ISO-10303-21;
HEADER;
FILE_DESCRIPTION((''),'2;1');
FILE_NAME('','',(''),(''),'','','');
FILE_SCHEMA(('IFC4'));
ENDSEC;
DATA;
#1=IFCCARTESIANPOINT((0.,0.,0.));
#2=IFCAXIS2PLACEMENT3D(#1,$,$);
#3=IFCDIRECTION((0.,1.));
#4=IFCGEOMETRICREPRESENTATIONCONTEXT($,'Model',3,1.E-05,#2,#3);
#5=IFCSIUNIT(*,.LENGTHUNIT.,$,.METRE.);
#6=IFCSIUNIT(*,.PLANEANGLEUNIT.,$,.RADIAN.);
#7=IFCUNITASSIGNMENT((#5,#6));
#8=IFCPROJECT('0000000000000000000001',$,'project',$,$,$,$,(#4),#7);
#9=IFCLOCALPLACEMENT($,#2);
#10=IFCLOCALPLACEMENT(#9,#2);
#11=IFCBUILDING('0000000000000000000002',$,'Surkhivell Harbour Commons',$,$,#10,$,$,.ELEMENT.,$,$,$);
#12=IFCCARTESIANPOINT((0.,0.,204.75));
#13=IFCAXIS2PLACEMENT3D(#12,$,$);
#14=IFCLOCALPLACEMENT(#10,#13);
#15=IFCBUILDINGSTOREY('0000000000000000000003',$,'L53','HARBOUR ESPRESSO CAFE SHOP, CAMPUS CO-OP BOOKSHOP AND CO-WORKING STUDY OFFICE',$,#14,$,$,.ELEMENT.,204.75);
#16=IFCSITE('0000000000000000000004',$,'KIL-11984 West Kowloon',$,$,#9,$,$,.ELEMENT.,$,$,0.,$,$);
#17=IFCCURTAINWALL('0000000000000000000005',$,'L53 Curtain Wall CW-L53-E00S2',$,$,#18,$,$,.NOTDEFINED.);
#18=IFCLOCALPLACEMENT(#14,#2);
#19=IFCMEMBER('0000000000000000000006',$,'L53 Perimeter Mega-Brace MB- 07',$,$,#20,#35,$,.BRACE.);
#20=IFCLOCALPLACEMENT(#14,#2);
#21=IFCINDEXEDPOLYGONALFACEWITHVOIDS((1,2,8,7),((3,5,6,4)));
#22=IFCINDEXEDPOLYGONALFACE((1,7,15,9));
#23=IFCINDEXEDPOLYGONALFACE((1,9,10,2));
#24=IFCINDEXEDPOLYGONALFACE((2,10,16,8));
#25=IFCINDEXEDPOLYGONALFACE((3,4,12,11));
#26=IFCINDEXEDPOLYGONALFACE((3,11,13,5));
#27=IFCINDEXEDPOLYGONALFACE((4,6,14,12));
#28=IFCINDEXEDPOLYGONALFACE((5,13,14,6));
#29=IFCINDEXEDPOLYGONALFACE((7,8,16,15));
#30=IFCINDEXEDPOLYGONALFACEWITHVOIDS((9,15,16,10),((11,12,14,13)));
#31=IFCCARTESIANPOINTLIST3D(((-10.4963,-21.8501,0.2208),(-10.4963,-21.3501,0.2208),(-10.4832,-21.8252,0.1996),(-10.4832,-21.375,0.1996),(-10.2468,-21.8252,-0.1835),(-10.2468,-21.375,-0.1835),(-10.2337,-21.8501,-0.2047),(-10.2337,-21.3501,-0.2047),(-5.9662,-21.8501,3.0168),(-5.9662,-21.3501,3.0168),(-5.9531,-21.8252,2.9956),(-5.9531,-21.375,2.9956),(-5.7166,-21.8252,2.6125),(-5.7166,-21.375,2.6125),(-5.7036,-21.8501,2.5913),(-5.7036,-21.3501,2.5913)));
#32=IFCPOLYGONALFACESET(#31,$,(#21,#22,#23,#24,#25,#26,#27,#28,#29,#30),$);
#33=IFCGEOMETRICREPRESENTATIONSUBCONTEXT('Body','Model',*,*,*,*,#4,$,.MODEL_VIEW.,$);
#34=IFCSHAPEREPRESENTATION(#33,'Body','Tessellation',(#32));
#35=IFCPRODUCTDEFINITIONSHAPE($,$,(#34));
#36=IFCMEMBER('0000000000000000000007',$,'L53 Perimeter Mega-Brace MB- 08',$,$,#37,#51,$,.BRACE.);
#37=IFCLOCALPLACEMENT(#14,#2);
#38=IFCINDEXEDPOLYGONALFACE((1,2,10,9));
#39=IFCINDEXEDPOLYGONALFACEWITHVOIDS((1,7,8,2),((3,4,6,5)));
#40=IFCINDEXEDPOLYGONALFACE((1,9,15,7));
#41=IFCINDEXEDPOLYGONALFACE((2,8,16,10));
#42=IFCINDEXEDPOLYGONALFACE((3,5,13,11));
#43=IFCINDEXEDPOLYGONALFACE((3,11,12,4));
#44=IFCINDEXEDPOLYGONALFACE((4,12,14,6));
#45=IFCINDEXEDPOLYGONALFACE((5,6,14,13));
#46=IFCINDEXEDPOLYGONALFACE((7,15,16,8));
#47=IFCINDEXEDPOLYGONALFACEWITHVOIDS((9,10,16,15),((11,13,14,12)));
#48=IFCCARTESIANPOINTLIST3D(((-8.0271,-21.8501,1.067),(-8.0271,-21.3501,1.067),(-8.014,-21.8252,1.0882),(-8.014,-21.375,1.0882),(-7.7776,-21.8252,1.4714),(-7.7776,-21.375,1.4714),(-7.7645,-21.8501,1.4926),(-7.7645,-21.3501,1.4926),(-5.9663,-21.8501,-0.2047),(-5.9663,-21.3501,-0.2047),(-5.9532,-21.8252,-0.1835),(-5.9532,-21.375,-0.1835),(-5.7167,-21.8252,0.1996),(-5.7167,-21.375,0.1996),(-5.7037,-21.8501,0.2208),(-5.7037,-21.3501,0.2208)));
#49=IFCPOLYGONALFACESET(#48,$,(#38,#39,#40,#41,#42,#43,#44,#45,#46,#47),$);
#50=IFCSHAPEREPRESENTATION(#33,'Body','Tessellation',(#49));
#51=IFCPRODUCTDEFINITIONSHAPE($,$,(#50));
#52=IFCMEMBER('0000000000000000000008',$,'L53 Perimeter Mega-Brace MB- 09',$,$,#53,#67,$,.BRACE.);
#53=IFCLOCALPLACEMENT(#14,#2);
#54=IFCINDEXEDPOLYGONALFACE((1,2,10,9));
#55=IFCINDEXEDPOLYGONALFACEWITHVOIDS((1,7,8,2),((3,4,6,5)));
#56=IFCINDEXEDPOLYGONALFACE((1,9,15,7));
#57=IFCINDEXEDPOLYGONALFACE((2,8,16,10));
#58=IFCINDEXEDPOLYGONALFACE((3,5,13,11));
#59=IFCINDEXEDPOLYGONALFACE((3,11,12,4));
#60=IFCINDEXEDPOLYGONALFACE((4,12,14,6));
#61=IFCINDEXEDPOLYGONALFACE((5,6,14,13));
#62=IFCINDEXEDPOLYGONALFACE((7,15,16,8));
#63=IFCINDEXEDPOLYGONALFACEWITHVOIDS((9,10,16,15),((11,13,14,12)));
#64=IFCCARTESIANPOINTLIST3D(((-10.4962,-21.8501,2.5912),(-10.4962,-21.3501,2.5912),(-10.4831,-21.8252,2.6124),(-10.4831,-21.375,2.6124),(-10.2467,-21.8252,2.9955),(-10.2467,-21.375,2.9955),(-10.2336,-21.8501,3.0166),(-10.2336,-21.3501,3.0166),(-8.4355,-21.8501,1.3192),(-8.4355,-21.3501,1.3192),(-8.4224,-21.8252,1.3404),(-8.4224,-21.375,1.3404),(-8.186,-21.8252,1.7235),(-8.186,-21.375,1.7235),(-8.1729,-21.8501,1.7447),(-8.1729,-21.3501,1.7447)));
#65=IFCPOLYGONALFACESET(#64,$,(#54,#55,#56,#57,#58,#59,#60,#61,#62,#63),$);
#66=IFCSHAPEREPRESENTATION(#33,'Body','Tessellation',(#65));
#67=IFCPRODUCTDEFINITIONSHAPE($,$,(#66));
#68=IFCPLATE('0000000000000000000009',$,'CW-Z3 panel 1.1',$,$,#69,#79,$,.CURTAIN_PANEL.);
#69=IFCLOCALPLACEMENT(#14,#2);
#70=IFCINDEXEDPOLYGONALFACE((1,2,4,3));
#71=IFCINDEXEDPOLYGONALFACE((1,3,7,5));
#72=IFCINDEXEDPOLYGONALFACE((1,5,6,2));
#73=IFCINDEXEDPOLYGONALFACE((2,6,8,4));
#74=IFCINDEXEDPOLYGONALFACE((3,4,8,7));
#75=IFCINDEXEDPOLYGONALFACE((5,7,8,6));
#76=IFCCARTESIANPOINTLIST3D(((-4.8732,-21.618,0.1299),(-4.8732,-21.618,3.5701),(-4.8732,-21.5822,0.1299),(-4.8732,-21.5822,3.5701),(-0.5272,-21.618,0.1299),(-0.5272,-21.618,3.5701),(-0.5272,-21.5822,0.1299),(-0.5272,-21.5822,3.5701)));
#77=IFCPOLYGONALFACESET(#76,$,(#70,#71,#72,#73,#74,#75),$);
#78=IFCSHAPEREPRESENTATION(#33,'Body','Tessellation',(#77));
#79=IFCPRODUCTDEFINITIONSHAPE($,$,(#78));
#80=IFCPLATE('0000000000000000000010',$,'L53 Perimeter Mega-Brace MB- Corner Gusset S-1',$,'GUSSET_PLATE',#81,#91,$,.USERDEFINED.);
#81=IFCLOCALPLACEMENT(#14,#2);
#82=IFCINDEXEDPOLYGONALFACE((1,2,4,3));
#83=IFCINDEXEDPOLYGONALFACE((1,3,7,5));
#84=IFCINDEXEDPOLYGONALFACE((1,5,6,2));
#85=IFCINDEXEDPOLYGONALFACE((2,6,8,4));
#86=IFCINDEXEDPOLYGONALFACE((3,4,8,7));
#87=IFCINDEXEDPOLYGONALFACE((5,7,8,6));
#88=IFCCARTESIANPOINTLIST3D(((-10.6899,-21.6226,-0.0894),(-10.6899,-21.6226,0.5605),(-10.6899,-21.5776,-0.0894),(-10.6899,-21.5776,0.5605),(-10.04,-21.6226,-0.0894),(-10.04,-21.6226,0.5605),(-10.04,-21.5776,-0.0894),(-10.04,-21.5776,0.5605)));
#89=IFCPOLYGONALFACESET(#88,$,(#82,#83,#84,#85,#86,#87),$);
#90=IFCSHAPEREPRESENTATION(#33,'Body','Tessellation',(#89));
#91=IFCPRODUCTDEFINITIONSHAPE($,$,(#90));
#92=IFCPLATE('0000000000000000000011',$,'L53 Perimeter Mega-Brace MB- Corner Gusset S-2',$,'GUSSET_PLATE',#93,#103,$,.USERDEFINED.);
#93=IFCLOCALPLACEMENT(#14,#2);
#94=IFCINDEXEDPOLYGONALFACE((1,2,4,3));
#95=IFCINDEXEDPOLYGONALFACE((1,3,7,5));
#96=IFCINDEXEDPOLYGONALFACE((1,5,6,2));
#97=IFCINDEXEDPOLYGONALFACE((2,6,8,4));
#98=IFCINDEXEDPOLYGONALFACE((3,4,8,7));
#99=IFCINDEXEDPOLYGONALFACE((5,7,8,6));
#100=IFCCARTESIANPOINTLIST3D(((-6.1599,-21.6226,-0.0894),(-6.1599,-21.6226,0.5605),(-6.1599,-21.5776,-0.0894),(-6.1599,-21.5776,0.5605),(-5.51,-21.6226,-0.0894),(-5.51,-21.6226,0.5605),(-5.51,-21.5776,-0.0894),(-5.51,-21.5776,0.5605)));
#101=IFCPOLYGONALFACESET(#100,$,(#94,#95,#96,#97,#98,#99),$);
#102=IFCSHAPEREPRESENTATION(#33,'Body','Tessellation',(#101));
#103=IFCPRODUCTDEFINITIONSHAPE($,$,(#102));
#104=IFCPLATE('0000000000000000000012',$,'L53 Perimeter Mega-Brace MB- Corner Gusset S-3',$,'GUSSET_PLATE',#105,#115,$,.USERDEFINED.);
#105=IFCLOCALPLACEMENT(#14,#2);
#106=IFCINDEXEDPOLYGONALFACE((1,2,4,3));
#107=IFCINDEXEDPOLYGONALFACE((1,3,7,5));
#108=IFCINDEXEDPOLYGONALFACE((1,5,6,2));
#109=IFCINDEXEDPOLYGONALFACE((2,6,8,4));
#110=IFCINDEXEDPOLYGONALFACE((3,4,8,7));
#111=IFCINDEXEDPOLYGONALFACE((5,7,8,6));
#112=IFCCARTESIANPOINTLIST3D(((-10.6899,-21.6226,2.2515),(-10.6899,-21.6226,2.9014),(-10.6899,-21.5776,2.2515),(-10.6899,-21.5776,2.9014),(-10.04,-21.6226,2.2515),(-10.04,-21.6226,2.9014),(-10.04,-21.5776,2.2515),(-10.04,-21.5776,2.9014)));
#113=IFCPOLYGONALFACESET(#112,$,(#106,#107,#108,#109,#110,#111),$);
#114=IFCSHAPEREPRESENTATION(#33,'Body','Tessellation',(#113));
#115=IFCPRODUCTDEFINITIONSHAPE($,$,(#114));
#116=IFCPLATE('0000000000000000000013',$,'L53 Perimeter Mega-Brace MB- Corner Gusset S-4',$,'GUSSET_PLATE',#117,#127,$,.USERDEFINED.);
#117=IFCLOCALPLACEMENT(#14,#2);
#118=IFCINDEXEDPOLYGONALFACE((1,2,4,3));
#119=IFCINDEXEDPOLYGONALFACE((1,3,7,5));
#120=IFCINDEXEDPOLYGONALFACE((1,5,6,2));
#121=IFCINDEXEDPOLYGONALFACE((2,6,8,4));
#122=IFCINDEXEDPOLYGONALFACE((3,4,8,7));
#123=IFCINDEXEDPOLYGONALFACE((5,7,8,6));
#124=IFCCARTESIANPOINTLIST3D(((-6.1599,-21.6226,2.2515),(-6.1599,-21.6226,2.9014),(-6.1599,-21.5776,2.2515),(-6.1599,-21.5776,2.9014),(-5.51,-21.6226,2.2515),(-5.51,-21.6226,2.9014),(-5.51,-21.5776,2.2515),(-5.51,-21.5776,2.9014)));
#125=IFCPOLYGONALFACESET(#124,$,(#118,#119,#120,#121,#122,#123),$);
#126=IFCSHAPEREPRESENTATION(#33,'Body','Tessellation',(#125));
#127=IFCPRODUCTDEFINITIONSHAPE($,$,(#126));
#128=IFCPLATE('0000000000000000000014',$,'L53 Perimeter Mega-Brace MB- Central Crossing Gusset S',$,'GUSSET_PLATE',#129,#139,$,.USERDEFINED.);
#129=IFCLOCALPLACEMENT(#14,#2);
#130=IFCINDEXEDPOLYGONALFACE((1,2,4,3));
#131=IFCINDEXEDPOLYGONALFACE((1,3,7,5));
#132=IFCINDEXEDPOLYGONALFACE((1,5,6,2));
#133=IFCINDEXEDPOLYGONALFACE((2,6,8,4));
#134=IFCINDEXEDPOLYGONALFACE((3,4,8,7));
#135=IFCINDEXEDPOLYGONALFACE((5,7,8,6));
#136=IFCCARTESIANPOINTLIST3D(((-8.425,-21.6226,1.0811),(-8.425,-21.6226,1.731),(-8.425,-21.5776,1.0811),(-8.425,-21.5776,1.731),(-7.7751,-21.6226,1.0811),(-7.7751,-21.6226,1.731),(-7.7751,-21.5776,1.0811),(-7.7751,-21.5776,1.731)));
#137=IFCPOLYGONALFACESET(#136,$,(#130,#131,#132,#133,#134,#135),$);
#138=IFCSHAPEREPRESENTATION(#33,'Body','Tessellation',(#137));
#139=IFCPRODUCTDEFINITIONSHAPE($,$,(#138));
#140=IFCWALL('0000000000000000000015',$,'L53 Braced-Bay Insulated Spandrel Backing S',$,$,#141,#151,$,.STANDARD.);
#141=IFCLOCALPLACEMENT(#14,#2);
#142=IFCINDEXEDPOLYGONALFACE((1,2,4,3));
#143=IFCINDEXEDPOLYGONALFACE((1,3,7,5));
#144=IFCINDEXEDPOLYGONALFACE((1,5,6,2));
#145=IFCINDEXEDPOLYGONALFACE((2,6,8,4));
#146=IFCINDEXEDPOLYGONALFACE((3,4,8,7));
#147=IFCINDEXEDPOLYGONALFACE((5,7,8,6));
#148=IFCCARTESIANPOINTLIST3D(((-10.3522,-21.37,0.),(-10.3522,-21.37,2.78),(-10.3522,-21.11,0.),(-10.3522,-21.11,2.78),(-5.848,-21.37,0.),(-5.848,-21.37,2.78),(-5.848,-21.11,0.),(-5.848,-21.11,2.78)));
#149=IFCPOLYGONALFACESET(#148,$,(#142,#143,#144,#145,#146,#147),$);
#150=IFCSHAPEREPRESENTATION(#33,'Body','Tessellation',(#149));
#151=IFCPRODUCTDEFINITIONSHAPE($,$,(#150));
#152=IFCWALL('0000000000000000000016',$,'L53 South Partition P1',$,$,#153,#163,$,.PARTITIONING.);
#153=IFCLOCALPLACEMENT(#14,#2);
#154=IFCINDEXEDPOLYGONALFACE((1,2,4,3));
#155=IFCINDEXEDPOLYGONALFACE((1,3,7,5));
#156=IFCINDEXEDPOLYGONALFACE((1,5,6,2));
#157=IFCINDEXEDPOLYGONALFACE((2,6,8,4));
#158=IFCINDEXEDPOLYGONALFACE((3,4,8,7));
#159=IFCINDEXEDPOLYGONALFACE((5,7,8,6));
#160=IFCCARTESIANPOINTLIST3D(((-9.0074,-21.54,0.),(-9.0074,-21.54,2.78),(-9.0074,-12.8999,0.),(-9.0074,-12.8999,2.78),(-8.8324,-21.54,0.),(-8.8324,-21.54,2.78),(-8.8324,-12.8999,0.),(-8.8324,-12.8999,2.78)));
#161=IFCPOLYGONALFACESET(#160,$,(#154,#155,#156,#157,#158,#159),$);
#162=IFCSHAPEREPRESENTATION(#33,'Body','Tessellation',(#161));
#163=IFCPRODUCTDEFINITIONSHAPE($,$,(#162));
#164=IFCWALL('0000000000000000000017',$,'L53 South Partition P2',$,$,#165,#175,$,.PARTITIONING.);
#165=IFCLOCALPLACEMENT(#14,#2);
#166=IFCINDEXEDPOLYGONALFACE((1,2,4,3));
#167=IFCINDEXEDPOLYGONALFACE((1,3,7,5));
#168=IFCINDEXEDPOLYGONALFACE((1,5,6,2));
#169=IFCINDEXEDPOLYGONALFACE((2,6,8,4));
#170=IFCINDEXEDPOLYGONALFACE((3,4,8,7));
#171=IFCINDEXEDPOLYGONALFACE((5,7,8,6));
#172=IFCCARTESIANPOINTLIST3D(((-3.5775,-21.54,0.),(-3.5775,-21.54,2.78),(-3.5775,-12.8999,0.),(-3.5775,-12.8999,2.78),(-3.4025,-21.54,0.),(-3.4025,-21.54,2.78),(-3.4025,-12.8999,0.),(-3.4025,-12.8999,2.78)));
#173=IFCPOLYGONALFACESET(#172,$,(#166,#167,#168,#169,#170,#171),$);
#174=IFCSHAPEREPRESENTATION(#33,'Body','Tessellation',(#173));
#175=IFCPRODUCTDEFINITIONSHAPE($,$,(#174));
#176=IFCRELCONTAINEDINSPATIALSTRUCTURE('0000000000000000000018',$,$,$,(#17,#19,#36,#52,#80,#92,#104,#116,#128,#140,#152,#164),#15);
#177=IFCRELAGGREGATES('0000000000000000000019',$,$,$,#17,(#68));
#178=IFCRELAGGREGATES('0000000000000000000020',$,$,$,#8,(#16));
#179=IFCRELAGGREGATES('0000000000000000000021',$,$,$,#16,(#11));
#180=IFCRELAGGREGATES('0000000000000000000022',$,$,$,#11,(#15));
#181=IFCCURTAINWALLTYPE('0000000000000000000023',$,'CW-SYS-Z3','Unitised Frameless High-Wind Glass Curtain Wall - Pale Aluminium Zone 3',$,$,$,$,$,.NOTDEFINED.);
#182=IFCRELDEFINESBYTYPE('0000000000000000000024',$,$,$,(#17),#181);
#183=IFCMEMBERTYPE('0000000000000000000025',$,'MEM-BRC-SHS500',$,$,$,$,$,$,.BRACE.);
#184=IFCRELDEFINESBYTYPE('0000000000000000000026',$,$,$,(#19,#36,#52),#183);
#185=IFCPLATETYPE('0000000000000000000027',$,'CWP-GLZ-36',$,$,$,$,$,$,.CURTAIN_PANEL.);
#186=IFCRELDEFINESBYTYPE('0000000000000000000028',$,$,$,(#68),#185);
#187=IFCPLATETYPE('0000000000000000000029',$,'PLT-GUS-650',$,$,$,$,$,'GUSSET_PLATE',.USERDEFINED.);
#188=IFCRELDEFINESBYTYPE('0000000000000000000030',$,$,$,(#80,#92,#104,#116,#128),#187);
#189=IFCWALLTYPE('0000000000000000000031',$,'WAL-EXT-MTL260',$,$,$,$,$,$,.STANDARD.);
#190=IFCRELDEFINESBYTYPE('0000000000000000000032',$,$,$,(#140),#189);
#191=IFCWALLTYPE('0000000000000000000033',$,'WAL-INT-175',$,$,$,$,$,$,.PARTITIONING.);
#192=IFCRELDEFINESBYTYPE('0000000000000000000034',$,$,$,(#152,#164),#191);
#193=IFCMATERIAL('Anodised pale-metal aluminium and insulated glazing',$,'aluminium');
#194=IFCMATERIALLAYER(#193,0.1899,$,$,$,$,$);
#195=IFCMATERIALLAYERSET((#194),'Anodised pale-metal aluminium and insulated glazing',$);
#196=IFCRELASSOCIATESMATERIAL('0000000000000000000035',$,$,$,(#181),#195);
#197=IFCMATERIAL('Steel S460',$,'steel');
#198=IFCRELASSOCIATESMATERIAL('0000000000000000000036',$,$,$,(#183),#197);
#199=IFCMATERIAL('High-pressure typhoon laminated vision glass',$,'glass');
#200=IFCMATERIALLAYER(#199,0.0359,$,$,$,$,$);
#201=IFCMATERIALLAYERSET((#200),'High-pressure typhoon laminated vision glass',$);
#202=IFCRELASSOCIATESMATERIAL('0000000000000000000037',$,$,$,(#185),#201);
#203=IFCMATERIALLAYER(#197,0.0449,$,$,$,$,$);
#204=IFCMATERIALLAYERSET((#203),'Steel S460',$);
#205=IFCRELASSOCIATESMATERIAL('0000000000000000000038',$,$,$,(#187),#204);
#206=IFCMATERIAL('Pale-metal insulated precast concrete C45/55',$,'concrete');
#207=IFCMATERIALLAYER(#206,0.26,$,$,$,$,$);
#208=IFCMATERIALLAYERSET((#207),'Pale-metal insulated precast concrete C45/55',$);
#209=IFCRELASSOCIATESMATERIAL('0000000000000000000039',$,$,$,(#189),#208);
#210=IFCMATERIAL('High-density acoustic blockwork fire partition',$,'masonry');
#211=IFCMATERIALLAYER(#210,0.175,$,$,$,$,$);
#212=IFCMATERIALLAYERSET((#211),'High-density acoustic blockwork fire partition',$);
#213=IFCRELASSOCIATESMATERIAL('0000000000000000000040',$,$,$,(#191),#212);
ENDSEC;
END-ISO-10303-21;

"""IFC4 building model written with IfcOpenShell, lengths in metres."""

from ifc_helpers import new_model, si_unit, direction, frame, frame_2d, origin, origin_2d, place, context, subcontext, project, spatial, rectangle, hollow_rectangle, extrude, material, layer, layer_set, material_profile, profile_set, type_object, element, aggregate, save


model = new_model("IFC4")

# Units and contexts
model_context = context("Model", 3, precision=1e-05, world=origin(), true_north=direction((0.0, 1.0)))
body_context = subcontext(model_context, "Body", "Model", "MODEL_VIEW")
ifc_project = project(units=[si_unit("LENGTHUNIT", "METRE"), si_unit("PLANEANGLEUNIT", "RADIAN")], contexts=[model_context])

# Site, building, storey
site_placement = place(None, origin())
site = spatial("IfcSite", under=ifc_project, at=site_placement, Name="KIL-11984 West Kowloon", CompositionType="ELEMENT", RefElevation=0.0)
building_placement = place(site_placement, origin())
building = spatial("IfcBuilding", under=site, at=building_placement, Name="Surkhivell Harbour Commons", CompositionType="ELEMENT")
storey_placement = place(building_placement, frame((0.0, 0.0, 204.75)))
storey = spatial("IfcBuildingStorey", under=building, at=storey_placement, Name="L53", Description="HARBOUR ESPRESSO CAFE SHOP, CAMPUS CO-OP BOOKSHOP AND CO-WORKING STUDY OFFICE", CompositionType="ELEMENT", Elevation=204.75)

# Shared definitions
ifc_material_1 = material(Name="Anodised pale-metal aluminium and insulated glazing", Category="aluminium")
ifc_layer_1 = layer(ifc_material_1, 0.1899)
ifc_layer_set_1 = layer_set([ifc_layer_1], Name="Anodised pale-metal aluminium and insulated glazing")
curtain_wall_type = type_object("IfcCurtainWallType", Name="CW-SYS-Z3", Description="Unitised Frameless High-Wind Glass Curtain Wall - Pale Aluminium Zone 3", PredefinedType="NOTDEFINED", material=ifc_layer_set_1)

# Curtain wall
curtain_wall_1_placement = place(storey_placement, origin())
curtain_wall_1 = element("IfcCurtainWall", 1, at=curtain_wall_1_placement, inside=storey, type_object=curtain_wall_type, Name="L53 Curtain Wall CW-L53-E00S2", PredefinedType="NOTDEFINED")

# Members
ifc_material_2 = material(Name="Steel S460", Category="steel")
ifc_material_profile_1 = material_profile(ifc_material_2, hollow_rectangle(XDim=0.5, YDim=0.5, WallThickness=0.0249, at=origin_2d()), Name="SHS500x500x25")
ifc_profile_set_1 = profile_set([ifc_material_profile_1], Name="Steel S460")
member_type_1 = type_object("IfcMemberType", Name="MEM-BRC-SHS500", PredefinedType="BRACE", material=ifc_profile_set_1)
member_1_placement = place(storey_placement, frame((-10.365, -21.6001, 0.0081), z_axis=(0.850971, 0.0, 0.525213), x_axis=(0.0, 1.0, 0.0)))
element("IfcMember", 2, at=member_1_placement, inside=storey, type_object=member_type_1, Name="L53 Perimeter Mega-Brace MB- 07", PredefinedType="BRACE", context=body_context, shape_type="SweptSolid", body=[
    extrude(hollow_rectangle(XDim=0.5, YDim=0.5, WallThickness=0.0249, at=origin_2d()), origin(), (0.0, 0.0, 1.0), 5.3235),
])
for number, where, z_axis, x_axis, name in (
    (3, (-5.835, -21.6001, 0.0081), (-0.851003, 0.0, 0.52516), (0.0, -1.0, 0.0), "L53 Perimeter Mega-Brace MB- 08"),
    (4, (-8.3042, -21.6001, 1.532), (-0.850958, 0.0, 0.525233), (0.0, -1.0, 0.0), "L53 Perimeter Mega-Brace MB- 09"),
):
    element("IfcMember", number, at=place(storey_placement, frame(where, z_axis=z_axis, x_axis=x_axis)), inside=storey, type_object=member_type_1, Name=name, PredefinedType="BRACE", context=body_context, shape_type="SweptSolid", body=[
        extrude(hollow_rectangle(XDim=0.5, YDim=0.5, WallThickness=0.0249, at=origin_2d()), origin(), (0.0, 0.0, 1.0), 2.4216),
    ])

# Plate
ifc_material_3 = material(Name="High-pressure typhoon laminated vision glass", Category="glass")
ifc_layer_2 = layer(ifc_material_3, 0.0359)
ifc_layer_set_2 = layer_set([ifc_layer_2], Name="High-pressure typhoon laminated vision glass")
plate_type_1 = type_object("IfcPlateType", Name="CWP-GLZ-36", PredefinedType="CURTAIN_PANEL", material=ifc_layer_set_2)
plate_placement = place(storey_placement, frame((-4.873, -21.6001, 0.1299), z_axis=(0.0, 0.0, 1.0), x_axis=(1.0, 0.0, 0.0)))
plate = element("IfcPlate", 5, at=plate_placement, type_object=plate_type_1, Name="CW-Z3 panel 1.1", PredefinedType="CURTAIN_PANEL", context=body_context, shape_type="SweptSolid", body=[
    extrude(rectangle(XDim=4.3459, YDim=0.0359, at=frame_2d((2.1729, 0.0))), origin(), (0.0, 0.0, 1.0), 3.4402),
])
aggregate(curtain_wall_1, [plate])

# Plates
ifc_layer_3 = layer(ifc_material_2, 0.0449)
ifc_layer_set_3 = layer_set([ifc_layer_3], Name="Steel S460")
plate_type_2 = type_object("IfcPlateType", Name="PLT-GUS-650", ElementType="GUSSET_PLATE", PredefinedType="USERDEFINED", material=ifc_layer_set_3)
for number, where, z_axis, x_axis, name in (
    (6, (-10.365, -21.6001, -0.0894), (0.0, 0.0, 1.0), (1.0, 0.0, 0.0), "L53 Perimeter Mega-Brace MB- Corner Gusset S-1"),
    (7, (-5.835, -21.6001, -0.0894), (0.0, 0.0, 1.0), (1.0, 0.0, 0.0), "L53 Perimeter Mega-Brace MB- Corner Gusset S-2"),
    (8, (-10.365, -21.6001, 2.2515), (0.0, 0.0, 1.0), (1.0, 0.0, 0.0), "L53 Perimeter Mega-Brace MB- Corner Gusset S-3"),
    (9, (-5.835, -21.6001, 2.2515), (0.0, 0.0, 1.0), (1.0, 0.0, 0.0), "L53 Perimeter Mega-Brace MB- Corner Gusset S-4"),
    (10, (-8.1001, -21.6001, 1.0811), (0.0, 0.0, 1.0), (1.0, 0.0, 0.0), "L53 Perimeter Mega-Brace MB- Central Crossing Gusset S"),
):
    element("IfcPlate", number, at=place(storey_placement, frame(where, z_axis=z_axis, x_axis=x_axis)), inside=storey, type_object=plate_type_2, Name=name, ObjectType="GUSSET_PLATE", PredefinedType="USERDEFINED", context=body_context, shape_type="SweptSolid", body=[
        extrude(rectangle(XDim=0.6499, YDim=0.0449, at=origin_2d()), origin(), (0.0, 0.0, 1.0), 0.6499),
    ])

# Walls
ifc_material_4 = material(Name="Pale-metal insulated precast concrete C45/55", Category="concrete")
ifc_layer_4 = layer(ifc_material_4, 0.26)
ifc_layer_set_4 = layer_set([ifc_layer_4], Name="Pale-metal insulated precast concrete C45/55")
wall_type_1 = type_object("IfcWallType", Name="WAL-EXT-MTL260", PredefinedType="STANDARD", material=ifc_layer_set_4)
wall_placement = place(storey_placement, frame((-10.3521, -21.24, 0.0), z_axis=(0.0, 0.0, 1.0), x_axis=(1.0, 0.0, 0.0)))
element("IfcWall", 11, at=wall_placement, inside=storey, type_object=wall_type_1, Name="L53 Braced-Bay Insulated Spandrel Backing S", PredefinedType="STANDARD", context=body_context, shape_type="SweptSolid", body=[
    extrude(rectangle(XDim=4.5042, YDim=0.26, at=frame_2d((2.252, 0.0))), origin(), (0.0, 0.0, 1.0), 2.78),
])
ifc_material_5 = material(Name="High-density acoustic blockwork fire partition", Category="masonry")
ifc_layer_5 = layer(ifc_material_5, 0.175)
ifc_layer_set_5 = layer_set([ifc_layer_5], Name="High-density acoustic blockwork fire partition")
wall_type_2 = type_object("IfcWallType", Name="WAL-INT-175", PredefinedType="PARTITIONING", material=ifc_layer_set_5)
for number, where, z_axis, x_axis, name in (
    (12, (-8.9199, -21.54, 0.0), (0.0, 0.0, 1.0), (0.0, 1.0, 0.0), "L53 South Partition P1"),
    (13, (-3.49, -21.54, 0.0), (0.0, 0.0, 1.0), (0.0, 1.0, 0.0), "L53 South Partition P2"),
):
    element("IfcWall", number, at=place(storey_placement, frame(where, z_axis=z_axis, x_axis=x_axis)), inside=storey, type_object=wall_type_2, Name=name, PredefinedType="PARTITIONING", context=body_context, shape_type="SweptSolid", body=[
        extrude(rectangle(XDim=8.6401, YDim=0.175, at=frame_2d((4.3201, 0.0))), origin(), (0.0, 0.0, 1.0), 2.78),
    ])

save(model, "model.ifc")
